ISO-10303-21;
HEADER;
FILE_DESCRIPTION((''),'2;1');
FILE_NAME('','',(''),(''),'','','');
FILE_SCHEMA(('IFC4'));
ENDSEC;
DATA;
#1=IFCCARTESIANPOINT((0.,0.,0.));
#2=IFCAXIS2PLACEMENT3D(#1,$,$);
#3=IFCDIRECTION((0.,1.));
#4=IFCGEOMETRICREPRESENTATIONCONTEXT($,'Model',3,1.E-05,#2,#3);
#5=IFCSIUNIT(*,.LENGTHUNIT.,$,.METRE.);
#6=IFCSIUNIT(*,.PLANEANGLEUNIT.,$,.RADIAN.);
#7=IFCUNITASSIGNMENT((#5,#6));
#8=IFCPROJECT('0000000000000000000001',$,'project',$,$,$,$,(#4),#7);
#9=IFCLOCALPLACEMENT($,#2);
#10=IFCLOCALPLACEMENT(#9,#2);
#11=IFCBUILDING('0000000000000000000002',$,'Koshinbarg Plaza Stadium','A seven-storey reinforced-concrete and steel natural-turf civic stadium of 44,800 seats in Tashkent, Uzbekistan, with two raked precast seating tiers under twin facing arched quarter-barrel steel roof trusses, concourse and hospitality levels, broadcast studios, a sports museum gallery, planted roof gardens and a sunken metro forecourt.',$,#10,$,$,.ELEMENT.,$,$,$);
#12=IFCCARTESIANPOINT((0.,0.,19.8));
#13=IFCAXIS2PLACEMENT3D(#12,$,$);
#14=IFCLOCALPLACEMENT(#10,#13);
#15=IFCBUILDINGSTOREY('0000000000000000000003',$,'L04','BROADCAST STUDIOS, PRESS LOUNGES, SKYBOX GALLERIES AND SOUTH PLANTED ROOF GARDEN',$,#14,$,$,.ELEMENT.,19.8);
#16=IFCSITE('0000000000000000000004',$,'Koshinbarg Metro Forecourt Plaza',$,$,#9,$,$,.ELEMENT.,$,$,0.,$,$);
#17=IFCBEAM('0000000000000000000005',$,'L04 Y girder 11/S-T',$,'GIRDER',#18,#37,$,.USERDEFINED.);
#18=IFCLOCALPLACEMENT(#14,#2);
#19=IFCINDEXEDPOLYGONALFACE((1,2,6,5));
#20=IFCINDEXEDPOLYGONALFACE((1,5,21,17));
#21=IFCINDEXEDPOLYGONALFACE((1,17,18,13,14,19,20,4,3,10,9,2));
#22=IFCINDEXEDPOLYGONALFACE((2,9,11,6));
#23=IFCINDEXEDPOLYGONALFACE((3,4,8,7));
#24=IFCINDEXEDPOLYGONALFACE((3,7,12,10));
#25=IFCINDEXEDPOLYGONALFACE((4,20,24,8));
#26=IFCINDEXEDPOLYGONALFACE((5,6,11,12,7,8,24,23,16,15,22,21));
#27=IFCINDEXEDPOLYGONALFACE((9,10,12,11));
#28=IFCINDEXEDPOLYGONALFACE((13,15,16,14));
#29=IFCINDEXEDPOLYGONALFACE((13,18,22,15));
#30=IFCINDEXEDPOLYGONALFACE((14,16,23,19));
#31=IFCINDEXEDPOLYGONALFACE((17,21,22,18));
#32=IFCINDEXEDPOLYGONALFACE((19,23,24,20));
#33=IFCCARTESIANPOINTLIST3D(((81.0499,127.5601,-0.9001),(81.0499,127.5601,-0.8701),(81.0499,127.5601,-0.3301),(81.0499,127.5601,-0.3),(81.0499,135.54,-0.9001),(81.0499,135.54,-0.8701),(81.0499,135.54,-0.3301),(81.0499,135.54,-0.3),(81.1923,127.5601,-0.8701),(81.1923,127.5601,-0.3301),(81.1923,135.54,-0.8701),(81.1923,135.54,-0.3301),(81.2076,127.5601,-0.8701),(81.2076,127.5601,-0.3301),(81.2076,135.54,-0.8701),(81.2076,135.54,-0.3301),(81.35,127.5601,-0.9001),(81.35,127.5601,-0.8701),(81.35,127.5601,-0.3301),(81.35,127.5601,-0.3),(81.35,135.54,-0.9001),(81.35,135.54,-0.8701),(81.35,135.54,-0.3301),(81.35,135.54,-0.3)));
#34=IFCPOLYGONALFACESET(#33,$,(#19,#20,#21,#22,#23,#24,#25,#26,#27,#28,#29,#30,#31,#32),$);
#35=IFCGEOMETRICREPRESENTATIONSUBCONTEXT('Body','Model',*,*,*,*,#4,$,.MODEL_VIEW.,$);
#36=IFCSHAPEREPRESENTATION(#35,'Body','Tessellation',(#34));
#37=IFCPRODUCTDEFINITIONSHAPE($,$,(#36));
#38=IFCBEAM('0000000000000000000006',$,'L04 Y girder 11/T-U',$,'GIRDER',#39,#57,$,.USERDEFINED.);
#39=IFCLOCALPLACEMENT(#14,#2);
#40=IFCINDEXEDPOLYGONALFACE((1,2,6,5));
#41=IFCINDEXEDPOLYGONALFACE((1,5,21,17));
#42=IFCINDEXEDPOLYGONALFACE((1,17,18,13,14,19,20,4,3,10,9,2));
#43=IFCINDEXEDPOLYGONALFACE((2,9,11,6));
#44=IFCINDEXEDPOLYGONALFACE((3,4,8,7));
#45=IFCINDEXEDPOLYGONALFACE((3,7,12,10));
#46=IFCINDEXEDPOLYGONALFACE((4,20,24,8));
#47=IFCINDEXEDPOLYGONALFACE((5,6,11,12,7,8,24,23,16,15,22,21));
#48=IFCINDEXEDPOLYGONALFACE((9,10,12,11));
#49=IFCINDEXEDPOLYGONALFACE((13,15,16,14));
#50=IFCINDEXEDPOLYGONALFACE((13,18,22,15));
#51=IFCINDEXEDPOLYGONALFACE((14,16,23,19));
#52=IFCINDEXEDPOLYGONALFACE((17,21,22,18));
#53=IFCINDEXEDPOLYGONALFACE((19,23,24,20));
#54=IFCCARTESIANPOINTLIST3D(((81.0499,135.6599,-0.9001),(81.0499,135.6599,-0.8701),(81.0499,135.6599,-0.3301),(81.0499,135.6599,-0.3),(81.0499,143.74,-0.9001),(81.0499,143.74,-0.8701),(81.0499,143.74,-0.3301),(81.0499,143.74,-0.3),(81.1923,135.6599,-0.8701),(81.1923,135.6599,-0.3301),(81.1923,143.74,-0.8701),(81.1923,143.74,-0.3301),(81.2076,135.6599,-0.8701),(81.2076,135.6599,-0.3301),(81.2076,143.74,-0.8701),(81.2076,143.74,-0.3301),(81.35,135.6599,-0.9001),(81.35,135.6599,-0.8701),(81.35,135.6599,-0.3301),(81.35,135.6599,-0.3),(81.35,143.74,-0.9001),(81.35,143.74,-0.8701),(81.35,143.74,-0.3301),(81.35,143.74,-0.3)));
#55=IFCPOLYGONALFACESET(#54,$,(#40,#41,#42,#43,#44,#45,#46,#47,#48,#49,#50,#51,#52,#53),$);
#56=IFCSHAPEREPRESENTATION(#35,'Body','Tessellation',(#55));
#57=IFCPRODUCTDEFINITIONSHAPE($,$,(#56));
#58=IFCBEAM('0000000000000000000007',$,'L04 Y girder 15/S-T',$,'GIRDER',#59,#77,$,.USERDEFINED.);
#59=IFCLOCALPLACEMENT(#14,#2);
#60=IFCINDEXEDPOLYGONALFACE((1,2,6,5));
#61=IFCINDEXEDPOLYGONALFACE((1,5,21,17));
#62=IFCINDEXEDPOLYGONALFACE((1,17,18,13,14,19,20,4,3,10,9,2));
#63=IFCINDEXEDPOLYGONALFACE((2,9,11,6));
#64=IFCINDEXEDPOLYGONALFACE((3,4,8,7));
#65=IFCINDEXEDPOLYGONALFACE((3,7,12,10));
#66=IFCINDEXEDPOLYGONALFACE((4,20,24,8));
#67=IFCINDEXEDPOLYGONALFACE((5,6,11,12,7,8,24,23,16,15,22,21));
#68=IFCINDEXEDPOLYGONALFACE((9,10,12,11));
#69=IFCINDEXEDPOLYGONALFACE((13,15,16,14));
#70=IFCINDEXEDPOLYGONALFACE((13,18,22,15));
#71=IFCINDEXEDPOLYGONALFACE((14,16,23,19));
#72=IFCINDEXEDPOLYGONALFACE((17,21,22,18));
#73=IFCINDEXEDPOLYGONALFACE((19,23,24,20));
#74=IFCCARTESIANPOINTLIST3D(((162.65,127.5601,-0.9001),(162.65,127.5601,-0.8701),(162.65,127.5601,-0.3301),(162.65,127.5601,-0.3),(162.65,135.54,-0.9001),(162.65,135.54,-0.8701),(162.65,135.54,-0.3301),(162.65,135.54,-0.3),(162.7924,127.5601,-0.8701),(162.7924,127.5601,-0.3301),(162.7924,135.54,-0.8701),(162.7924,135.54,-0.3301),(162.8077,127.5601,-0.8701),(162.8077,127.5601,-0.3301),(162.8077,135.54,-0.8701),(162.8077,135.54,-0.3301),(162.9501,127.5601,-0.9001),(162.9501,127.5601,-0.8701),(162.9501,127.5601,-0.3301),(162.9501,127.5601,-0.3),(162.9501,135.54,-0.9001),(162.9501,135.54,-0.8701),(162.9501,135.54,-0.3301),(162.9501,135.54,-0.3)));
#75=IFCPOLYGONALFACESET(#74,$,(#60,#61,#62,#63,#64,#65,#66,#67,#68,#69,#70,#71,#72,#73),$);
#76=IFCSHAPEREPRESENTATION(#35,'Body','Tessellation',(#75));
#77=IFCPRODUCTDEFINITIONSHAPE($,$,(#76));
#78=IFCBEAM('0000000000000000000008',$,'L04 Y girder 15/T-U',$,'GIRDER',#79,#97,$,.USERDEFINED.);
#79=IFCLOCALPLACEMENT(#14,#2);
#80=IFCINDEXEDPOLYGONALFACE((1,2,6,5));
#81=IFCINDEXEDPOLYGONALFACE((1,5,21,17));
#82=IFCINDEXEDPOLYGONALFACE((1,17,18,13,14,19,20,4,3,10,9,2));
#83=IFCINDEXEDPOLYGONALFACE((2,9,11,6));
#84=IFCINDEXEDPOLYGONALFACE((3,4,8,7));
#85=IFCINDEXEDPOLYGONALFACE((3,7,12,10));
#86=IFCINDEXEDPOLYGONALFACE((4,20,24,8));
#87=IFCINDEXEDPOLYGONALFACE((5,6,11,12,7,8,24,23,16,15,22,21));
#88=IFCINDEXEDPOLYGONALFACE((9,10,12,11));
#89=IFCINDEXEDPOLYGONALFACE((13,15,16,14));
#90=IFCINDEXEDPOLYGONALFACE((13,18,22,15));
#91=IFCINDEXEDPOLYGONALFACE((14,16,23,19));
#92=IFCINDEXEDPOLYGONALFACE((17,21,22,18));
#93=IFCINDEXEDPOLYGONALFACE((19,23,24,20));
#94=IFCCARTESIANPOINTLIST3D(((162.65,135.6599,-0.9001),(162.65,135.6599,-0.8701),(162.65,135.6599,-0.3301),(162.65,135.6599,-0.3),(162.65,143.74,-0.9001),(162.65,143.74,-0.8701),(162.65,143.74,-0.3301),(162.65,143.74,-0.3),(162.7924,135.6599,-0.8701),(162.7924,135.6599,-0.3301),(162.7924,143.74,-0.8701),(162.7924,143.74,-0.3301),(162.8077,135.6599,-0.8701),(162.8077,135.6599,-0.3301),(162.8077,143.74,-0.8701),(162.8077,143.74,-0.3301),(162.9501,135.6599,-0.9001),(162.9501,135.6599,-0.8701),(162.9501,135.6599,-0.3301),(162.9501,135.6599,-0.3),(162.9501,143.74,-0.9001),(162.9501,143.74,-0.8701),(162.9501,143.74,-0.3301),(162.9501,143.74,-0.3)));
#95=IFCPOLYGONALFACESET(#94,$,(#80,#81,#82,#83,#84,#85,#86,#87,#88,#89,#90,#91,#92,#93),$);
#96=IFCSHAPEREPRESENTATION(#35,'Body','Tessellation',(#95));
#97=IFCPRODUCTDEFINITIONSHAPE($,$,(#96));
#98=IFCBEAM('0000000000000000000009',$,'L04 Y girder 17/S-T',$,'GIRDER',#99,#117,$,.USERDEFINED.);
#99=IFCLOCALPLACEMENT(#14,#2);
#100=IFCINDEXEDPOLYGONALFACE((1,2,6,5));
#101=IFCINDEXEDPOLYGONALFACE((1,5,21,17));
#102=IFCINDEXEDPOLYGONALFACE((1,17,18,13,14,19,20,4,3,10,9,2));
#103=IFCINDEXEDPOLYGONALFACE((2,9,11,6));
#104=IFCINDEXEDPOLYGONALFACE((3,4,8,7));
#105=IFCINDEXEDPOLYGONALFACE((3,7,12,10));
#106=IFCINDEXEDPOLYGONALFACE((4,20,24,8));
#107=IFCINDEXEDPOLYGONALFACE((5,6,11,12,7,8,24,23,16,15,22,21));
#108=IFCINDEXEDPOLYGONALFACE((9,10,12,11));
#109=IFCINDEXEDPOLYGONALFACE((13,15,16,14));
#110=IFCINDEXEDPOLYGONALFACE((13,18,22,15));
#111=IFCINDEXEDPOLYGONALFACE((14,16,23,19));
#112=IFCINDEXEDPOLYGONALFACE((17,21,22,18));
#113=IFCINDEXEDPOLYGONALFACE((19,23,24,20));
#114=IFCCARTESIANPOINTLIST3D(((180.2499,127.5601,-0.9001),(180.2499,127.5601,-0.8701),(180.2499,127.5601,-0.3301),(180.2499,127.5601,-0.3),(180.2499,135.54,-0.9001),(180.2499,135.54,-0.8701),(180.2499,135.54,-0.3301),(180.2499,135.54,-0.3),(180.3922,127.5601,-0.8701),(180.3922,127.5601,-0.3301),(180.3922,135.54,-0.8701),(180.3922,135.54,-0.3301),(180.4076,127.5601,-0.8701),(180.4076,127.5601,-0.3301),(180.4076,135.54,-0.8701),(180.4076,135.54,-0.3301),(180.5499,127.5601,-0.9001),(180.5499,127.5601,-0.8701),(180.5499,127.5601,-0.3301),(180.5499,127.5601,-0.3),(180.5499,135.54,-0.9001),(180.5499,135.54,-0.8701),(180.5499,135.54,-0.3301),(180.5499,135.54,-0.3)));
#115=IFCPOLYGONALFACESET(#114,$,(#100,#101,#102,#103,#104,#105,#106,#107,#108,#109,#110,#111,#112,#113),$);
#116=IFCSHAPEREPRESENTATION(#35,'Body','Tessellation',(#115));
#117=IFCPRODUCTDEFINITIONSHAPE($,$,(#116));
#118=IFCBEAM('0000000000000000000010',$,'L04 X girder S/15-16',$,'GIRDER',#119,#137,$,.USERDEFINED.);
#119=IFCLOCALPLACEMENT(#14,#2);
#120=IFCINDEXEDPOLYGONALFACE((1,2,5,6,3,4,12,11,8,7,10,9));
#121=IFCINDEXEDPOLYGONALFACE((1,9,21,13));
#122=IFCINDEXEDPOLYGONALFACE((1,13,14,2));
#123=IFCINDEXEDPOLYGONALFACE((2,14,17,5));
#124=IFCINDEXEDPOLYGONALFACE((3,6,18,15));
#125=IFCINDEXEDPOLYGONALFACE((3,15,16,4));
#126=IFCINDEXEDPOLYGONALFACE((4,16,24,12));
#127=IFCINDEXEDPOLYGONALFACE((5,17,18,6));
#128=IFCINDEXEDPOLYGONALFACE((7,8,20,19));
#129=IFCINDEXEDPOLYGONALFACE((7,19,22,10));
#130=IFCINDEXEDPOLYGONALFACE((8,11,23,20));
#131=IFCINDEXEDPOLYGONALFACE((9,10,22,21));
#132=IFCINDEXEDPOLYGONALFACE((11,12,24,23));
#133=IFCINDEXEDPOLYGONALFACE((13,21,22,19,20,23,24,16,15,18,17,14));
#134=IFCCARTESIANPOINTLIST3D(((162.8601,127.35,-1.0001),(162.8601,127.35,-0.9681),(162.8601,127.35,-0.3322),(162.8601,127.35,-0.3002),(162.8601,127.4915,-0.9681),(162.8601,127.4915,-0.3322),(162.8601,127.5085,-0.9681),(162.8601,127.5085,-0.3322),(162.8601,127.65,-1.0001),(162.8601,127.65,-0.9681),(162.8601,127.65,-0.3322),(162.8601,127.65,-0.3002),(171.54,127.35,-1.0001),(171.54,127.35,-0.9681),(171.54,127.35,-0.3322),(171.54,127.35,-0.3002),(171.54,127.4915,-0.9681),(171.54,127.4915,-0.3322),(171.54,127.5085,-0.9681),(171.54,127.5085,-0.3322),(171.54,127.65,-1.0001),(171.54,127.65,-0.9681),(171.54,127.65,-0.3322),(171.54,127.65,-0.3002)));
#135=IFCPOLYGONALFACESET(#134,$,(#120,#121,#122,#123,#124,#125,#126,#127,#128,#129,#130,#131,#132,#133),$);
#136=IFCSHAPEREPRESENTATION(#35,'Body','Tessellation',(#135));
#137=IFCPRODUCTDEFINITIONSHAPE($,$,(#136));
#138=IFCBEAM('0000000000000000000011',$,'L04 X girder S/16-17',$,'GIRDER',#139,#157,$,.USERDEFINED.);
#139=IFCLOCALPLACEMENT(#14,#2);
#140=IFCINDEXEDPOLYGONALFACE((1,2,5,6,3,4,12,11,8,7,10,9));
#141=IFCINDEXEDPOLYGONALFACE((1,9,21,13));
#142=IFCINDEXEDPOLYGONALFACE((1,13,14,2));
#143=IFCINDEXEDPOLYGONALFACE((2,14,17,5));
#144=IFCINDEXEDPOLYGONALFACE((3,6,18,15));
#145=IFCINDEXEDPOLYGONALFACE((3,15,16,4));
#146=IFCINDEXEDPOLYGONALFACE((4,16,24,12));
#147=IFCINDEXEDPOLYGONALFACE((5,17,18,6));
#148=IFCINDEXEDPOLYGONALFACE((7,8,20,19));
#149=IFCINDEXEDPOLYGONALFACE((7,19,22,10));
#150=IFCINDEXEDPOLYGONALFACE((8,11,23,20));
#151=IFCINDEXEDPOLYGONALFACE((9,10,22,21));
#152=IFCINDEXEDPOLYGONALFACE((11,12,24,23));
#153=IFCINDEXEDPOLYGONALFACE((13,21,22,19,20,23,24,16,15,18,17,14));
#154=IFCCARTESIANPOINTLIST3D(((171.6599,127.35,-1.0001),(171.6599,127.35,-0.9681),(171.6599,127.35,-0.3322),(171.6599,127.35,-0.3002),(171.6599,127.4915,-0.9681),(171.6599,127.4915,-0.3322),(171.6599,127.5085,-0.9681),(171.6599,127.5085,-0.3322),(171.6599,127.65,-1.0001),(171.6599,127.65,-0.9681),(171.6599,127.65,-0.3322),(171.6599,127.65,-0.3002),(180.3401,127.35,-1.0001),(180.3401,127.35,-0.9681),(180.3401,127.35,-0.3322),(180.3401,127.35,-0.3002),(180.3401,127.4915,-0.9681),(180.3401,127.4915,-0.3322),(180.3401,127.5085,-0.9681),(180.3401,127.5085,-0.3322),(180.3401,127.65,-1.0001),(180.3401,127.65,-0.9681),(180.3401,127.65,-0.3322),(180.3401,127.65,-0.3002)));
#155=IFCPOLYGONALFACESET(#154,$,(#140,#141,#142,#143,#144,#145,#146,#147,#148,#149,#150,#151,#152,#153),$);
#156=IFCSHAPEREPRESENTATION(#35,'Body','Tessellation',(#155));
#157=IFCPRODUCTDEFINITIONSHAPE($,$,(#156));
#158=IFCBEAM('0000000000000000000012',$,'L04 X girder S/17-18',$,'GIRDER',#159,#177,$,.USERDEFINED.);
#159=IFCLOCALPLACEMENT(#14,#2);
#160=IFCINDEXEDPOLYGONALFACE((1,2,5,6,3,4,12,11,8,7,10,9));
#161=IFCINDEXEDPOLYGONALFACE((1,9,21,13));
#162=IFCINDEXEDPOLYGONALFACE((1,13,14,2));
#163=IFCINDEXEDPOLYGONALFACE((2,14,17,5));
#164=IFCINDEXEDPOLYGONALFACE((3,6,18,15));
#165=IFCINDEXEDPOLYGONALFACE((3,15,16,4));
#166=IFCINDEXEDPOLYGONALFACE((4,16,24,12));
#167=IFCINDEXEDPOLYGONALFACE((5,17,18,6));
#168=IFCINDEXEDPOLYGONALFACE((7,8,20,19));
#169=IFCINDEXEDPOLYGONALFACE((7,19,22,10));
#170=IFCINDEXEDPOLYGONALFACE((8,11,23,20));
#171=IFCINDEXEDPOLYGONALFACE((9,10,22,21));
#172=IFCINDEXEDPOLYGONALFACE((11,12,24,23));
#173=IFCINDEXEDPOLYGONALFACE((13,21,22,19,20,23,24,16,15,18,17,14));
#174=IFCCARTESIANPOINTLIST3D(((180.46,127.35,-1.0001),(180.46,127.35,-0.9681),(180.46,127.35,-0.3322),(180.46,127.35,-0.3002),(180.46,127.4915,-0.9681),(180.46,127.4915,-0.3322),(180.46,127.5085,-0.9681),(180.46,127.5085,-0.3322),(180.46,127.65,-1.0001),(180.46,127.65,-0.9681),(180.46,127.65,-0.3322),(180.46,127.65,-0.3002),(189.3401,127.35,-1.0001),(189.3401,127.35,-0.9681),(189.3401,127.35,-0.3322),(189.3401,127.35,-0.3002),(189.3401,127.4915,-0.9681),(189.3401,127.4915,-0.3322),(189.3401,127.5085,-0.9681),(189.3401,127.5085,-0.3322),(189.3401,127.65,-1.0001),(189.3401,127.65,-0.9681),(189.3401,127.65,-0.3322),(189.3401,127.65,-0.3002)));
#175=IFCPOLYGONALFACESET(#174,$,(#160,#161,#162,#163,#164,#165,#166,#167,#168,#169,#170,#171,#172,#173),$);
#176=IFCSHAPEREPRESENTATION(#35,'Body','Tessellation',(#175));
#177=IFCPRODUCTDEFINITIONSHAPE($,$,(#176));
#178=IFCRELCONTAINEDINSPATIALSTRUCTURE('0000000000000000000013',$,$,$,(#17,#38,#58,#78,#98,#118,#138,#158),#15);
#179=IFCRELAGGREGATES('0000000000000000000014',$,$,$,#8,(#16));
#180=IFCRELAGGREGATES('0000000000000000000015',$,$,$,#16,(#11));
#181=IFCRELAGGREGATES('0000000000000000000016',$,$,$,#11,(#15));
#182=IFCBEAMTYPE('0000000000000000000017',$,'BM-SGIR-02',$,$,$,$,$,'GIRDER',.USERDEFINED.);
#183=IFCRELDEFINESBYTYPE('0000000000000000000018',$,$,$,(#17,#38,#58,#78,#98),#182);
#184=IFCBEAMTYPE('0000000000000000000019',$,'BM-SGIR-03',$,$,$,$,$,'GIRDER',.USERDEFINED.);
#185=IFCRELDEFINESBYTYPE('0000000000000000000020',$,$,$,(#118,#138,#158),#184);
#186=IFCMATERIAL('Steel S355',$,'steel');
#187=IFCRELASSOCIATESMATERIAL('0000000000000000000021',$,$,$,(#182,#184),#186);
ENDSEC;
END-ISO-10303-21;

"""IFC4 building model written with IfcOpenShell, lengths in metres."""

from ifc_helpers import new_model, si_unit, direction, frame, origin, origin_2d, place, context, subcontext, project, spatial, i_section, extrude, material, material_profile, profile_set, type_object, element, save


model = new_model("IFC4")

# Units and contexts
model_context = context("Model", 3, precision=1e-05, world=origin(), true_north=direction((0.0, 1.0)))
body_context = subcontext(model_context, "Body", "Model", "MODEL_VIEW")
ifc_project = project(units=[si_unit("LENGTHUNIT", "METRE"), si_unit("PLANEANGLEUNIT", "RADIAN")], contexts=[model_context])

# Site, building, storey
site_placement = place(None, origin())
site = spatial("IfcSite", under=ifc_project, at=site_placement, Name="Koshinbarg Metro Forecourt Plaza", CompositionType="ELEMENT", RefElevation=0.0)
building_placement = place(site_placement, origin())
building = spatial("IfcBuilding", under=site, at=building_placement, Name="Koshinbarg Plaza Stadium", Description="A seven-storey reinforced-concrete and steel natural-turf civic stadium of 44,800 seats in Tashkent, Uzbekistan, with two raked precast seating tiers under twin facing arched quarter-barrel steel roof trusses, concourse and hospitality levels, broadcast studios, a sports museum gallery, planted roof gardens and a sunken metro forecourt.", CompositionType="ELEMENT")
storey_placement = place(building_placement, frame((0.0, 0.0, 19.8)))
storey = spatial("IfcBuildingStorey", under=building, at=storey_placement, Name="L04", Description="BROADCAST STUDIOS, PRESS LOUNGES, SKYBOX GALLERIES AND SOUTH PLANTED ROOF GARDEN", CompositionType="ELEMENT", Elevation=19.8)

# Beams
ifc_material_1 = material(Name="Steel S355", Category="steel")
ifc_material_profile_1 = material_profile(ifc_material_1, i_section(OverallWidth=0.3, OverallDepth=0.6001, WebThickness=0.0154, FlangeThickness=0.03, at=origin_2d()), Name="HEB 600")
ifc_profile_set_1 = profile_set([ifc_material_profile_1], Name="Steel S355")
beam_type_1 = type_object("IfcBeamType", Name="BM-SGIR-02", ElementType="GIRDER", PredefinedType="USERDEFINED", material=ifc_profile_set_1)
beam_1_placement = place(storey_placement, frame((81.2, 127.5601, -0.6001), z_axis=(0.0, 1.0, 0.0), x_axis=(-1.0, 0.0, 0.0)))
element("IfcBeam", 1, at=beam_1_placement, inside=storey, type_object=beam_type_1, Name="L04 Y girder 11/S-T", ObjectType="GIRDER", PredefinedType="USERDEFINED", context=body_context, shape_type="SweptSolid", body=[
    extrude(i_section(OverallWidth=0.3, OverallDepth=0.6001, WebThickness=0.0154, FlangeThickness=0.03, at=origin_2d()), origin(), (0.0, 0.0, 1.0), 7.98),
])
beam_2_placement = place(storey_placement, frame((81.2, 135.6599, -0.6001), z_axis=(0.0, 1.0, 0.0), x_axis=(-1.0, 0.0, 0.0)))
element("IfcBeam", 2, at=beam_2_placement, inside=storey, type_object=beam_type_1, Name="L04 Y girder 11/T-U", ObjectType="GIRDER", PredefinedType="USERDEFINED", context=body_context, shape_type="SweptSolid", body=[
    extrude(i_section(OverallWidth=0.3, OverallDepth=0.6001, WebThickness=0.0154, FlangeThickness=0.03, at=origin_2d()), origin(), (0.0, 0.0, 1.0), 8.0801),
])
beam_3_placement = place(storey_placement, frame((162.8, 127.5601, -0.6001), z_axis=(0.0, 1.0, 0.0), x_axis=(-1.0, 0.0, 0.0)))
element("IfcBeam", 3, at=beam_3_placement, inside=storey, type_object=beam_type_1, Name="L04 Y girder 15/S-T", ObjectType="GIRDER", PredefinedType="USERDEFINED", context=body_context, shape_type="SweptSolid", body=[
    extrude(i_section(OverallWidth=0.3, OverallDepth=0.6001, WebThickness=0.0154, FlangeThickness=0.03, at=origin_2d()), origin(), (0.0, 0.0, 1.0), 7.98),
])
beam_4_placement = place(storey_placement, frame((162.8, 135.6599, -0.6001), z_axis=(0.0, 1.0, 0.0), x_axis=(-1.0, 0.0, 0.0)))
element("IfcBeam", 4, at=beam_4_placement, inside=storey, type_object=beam_type_1, Name="L04 Y girder 15/T-U", ObjectType="GIRDER", PredefinedType="USERDEFINED", context=body_context, shape_type="SweptSolid", body=[
    extrude(i_section(OverallWidth=0.3, OverallDepth=0.6001, WebThickness=0.0154, FlangeThickness=0.03, at=origin_2d()), origin(), (0.0, 0.0, 1.0), 8.0801),
])
beam_5_placement = place(storey_placement, frame((180.3999, 127.5601, -0.6001), z_axis=(0.0, 1.0, 0.0), x_axis=(-1.0, 0.0, 0.0)))
element("IfcBeam", 5, at=beam_5_placement, inside=storey, type_object=beam_type_1, Name="L04 Y girder 17/S-T", ObjectType="GIRDER", PredefinedType="USERDEFINED", context=body_context, shape_type="SweptSolid", body=[
    extrude(i_section(OverallWidth=0.3, OverallDepth=0.6001, WebThickness=0.0154, FlangeThickness=0.03, at=origin_2d()), origin(), (0.0, 0.0, 1.0), 7.98),
])
ifc_material_profile_2 = material_profile(ifc_material_1, i_section(OverallWidth=0.3, OverallDepth=0.7, WebThickness=0.0171, FlangeThickness=0.032, at=origin_2d()), Name="HEB 700")
ifc_profile_set_2 = profile_set([ifc_material_profile_2], Name="Steel S355")
beam_type_2 = type_object("IfcBeamType", Name="BM-SGIR-03", ElementType="GIRDER", PredefinedType="USERDEFINED", material=ifc_profile_set_2)
beam_6_placement = place(storey_placement, frame((162.8601, 127.5, -0.6501), z_axis=(1.0, 0.0, 0.0), x_axis=(0.0, 1.0, 0.0)))
element("IfcBeam", 6, at=beam_6_placement, inside=storey, type_object=beam_type_2, Name="L04 X girder S/15-16", ObjectType="GIRDER", PredefinedType="USERDEFINED", context=body_context, shape_type="SweptSolid", body=[
    extrude(i_section(OverallWidth=0.3, OverallDepth=0.7, WebThickness=0.0171, FlangeThickness=0.032, at=origin_2d()), origin(), (0.0, 0.0, 1.0), 8.6799),
])
beam_7_placement = place(storey_placement, frame((171.6599, 127.5, -0.6501), z_axis=(1.0, 0.0, 0.0), x_axis=(0.0, 1.0, 0.0)))
element("IfcBeam", 7, at=beam_7_placement, inside=storey, type_object=beam_type_2, Name="L04 X girder S/16-17", ObjectType="GIRDER", PredefinedType="USERDEFINED", context=body_context, shape_type="SweptSolid", body=[
    extrude(i_section(OverallWidth=0.3, OverallDepth=0.7, WebThickness=0.0171, FlangeThickness=0.032, at=origin_2d()), origin(), (0.0, 0.0, 1.0), 8.6802),
])
beam_8_placement = place(storey_placement, frame((180.46, 127.5, -0.6501), z_axis=(1.0, 0.0, 0.0), x_axis=(0.0, 1.0, 0.0)))
element("IfcBeam", 8, at=beam_8_placement, inside=storey, type_object=beam_type_2, Name="L04 X girder S/17-18", ObjectType="GIRDER", PredefinedType="USERDEFINED", context=body_context, shape_type="SweptSolid", body=[
    extrude(i_section(OverallWidth=0.3, OverallDepth=0.7, WebThickness=0.0171, FlangeThickness=0.032, at=origin_2d()), origin(), (0.0, 0.0, 1.0), 8.8801),
])

save(model, "model.ifc")
